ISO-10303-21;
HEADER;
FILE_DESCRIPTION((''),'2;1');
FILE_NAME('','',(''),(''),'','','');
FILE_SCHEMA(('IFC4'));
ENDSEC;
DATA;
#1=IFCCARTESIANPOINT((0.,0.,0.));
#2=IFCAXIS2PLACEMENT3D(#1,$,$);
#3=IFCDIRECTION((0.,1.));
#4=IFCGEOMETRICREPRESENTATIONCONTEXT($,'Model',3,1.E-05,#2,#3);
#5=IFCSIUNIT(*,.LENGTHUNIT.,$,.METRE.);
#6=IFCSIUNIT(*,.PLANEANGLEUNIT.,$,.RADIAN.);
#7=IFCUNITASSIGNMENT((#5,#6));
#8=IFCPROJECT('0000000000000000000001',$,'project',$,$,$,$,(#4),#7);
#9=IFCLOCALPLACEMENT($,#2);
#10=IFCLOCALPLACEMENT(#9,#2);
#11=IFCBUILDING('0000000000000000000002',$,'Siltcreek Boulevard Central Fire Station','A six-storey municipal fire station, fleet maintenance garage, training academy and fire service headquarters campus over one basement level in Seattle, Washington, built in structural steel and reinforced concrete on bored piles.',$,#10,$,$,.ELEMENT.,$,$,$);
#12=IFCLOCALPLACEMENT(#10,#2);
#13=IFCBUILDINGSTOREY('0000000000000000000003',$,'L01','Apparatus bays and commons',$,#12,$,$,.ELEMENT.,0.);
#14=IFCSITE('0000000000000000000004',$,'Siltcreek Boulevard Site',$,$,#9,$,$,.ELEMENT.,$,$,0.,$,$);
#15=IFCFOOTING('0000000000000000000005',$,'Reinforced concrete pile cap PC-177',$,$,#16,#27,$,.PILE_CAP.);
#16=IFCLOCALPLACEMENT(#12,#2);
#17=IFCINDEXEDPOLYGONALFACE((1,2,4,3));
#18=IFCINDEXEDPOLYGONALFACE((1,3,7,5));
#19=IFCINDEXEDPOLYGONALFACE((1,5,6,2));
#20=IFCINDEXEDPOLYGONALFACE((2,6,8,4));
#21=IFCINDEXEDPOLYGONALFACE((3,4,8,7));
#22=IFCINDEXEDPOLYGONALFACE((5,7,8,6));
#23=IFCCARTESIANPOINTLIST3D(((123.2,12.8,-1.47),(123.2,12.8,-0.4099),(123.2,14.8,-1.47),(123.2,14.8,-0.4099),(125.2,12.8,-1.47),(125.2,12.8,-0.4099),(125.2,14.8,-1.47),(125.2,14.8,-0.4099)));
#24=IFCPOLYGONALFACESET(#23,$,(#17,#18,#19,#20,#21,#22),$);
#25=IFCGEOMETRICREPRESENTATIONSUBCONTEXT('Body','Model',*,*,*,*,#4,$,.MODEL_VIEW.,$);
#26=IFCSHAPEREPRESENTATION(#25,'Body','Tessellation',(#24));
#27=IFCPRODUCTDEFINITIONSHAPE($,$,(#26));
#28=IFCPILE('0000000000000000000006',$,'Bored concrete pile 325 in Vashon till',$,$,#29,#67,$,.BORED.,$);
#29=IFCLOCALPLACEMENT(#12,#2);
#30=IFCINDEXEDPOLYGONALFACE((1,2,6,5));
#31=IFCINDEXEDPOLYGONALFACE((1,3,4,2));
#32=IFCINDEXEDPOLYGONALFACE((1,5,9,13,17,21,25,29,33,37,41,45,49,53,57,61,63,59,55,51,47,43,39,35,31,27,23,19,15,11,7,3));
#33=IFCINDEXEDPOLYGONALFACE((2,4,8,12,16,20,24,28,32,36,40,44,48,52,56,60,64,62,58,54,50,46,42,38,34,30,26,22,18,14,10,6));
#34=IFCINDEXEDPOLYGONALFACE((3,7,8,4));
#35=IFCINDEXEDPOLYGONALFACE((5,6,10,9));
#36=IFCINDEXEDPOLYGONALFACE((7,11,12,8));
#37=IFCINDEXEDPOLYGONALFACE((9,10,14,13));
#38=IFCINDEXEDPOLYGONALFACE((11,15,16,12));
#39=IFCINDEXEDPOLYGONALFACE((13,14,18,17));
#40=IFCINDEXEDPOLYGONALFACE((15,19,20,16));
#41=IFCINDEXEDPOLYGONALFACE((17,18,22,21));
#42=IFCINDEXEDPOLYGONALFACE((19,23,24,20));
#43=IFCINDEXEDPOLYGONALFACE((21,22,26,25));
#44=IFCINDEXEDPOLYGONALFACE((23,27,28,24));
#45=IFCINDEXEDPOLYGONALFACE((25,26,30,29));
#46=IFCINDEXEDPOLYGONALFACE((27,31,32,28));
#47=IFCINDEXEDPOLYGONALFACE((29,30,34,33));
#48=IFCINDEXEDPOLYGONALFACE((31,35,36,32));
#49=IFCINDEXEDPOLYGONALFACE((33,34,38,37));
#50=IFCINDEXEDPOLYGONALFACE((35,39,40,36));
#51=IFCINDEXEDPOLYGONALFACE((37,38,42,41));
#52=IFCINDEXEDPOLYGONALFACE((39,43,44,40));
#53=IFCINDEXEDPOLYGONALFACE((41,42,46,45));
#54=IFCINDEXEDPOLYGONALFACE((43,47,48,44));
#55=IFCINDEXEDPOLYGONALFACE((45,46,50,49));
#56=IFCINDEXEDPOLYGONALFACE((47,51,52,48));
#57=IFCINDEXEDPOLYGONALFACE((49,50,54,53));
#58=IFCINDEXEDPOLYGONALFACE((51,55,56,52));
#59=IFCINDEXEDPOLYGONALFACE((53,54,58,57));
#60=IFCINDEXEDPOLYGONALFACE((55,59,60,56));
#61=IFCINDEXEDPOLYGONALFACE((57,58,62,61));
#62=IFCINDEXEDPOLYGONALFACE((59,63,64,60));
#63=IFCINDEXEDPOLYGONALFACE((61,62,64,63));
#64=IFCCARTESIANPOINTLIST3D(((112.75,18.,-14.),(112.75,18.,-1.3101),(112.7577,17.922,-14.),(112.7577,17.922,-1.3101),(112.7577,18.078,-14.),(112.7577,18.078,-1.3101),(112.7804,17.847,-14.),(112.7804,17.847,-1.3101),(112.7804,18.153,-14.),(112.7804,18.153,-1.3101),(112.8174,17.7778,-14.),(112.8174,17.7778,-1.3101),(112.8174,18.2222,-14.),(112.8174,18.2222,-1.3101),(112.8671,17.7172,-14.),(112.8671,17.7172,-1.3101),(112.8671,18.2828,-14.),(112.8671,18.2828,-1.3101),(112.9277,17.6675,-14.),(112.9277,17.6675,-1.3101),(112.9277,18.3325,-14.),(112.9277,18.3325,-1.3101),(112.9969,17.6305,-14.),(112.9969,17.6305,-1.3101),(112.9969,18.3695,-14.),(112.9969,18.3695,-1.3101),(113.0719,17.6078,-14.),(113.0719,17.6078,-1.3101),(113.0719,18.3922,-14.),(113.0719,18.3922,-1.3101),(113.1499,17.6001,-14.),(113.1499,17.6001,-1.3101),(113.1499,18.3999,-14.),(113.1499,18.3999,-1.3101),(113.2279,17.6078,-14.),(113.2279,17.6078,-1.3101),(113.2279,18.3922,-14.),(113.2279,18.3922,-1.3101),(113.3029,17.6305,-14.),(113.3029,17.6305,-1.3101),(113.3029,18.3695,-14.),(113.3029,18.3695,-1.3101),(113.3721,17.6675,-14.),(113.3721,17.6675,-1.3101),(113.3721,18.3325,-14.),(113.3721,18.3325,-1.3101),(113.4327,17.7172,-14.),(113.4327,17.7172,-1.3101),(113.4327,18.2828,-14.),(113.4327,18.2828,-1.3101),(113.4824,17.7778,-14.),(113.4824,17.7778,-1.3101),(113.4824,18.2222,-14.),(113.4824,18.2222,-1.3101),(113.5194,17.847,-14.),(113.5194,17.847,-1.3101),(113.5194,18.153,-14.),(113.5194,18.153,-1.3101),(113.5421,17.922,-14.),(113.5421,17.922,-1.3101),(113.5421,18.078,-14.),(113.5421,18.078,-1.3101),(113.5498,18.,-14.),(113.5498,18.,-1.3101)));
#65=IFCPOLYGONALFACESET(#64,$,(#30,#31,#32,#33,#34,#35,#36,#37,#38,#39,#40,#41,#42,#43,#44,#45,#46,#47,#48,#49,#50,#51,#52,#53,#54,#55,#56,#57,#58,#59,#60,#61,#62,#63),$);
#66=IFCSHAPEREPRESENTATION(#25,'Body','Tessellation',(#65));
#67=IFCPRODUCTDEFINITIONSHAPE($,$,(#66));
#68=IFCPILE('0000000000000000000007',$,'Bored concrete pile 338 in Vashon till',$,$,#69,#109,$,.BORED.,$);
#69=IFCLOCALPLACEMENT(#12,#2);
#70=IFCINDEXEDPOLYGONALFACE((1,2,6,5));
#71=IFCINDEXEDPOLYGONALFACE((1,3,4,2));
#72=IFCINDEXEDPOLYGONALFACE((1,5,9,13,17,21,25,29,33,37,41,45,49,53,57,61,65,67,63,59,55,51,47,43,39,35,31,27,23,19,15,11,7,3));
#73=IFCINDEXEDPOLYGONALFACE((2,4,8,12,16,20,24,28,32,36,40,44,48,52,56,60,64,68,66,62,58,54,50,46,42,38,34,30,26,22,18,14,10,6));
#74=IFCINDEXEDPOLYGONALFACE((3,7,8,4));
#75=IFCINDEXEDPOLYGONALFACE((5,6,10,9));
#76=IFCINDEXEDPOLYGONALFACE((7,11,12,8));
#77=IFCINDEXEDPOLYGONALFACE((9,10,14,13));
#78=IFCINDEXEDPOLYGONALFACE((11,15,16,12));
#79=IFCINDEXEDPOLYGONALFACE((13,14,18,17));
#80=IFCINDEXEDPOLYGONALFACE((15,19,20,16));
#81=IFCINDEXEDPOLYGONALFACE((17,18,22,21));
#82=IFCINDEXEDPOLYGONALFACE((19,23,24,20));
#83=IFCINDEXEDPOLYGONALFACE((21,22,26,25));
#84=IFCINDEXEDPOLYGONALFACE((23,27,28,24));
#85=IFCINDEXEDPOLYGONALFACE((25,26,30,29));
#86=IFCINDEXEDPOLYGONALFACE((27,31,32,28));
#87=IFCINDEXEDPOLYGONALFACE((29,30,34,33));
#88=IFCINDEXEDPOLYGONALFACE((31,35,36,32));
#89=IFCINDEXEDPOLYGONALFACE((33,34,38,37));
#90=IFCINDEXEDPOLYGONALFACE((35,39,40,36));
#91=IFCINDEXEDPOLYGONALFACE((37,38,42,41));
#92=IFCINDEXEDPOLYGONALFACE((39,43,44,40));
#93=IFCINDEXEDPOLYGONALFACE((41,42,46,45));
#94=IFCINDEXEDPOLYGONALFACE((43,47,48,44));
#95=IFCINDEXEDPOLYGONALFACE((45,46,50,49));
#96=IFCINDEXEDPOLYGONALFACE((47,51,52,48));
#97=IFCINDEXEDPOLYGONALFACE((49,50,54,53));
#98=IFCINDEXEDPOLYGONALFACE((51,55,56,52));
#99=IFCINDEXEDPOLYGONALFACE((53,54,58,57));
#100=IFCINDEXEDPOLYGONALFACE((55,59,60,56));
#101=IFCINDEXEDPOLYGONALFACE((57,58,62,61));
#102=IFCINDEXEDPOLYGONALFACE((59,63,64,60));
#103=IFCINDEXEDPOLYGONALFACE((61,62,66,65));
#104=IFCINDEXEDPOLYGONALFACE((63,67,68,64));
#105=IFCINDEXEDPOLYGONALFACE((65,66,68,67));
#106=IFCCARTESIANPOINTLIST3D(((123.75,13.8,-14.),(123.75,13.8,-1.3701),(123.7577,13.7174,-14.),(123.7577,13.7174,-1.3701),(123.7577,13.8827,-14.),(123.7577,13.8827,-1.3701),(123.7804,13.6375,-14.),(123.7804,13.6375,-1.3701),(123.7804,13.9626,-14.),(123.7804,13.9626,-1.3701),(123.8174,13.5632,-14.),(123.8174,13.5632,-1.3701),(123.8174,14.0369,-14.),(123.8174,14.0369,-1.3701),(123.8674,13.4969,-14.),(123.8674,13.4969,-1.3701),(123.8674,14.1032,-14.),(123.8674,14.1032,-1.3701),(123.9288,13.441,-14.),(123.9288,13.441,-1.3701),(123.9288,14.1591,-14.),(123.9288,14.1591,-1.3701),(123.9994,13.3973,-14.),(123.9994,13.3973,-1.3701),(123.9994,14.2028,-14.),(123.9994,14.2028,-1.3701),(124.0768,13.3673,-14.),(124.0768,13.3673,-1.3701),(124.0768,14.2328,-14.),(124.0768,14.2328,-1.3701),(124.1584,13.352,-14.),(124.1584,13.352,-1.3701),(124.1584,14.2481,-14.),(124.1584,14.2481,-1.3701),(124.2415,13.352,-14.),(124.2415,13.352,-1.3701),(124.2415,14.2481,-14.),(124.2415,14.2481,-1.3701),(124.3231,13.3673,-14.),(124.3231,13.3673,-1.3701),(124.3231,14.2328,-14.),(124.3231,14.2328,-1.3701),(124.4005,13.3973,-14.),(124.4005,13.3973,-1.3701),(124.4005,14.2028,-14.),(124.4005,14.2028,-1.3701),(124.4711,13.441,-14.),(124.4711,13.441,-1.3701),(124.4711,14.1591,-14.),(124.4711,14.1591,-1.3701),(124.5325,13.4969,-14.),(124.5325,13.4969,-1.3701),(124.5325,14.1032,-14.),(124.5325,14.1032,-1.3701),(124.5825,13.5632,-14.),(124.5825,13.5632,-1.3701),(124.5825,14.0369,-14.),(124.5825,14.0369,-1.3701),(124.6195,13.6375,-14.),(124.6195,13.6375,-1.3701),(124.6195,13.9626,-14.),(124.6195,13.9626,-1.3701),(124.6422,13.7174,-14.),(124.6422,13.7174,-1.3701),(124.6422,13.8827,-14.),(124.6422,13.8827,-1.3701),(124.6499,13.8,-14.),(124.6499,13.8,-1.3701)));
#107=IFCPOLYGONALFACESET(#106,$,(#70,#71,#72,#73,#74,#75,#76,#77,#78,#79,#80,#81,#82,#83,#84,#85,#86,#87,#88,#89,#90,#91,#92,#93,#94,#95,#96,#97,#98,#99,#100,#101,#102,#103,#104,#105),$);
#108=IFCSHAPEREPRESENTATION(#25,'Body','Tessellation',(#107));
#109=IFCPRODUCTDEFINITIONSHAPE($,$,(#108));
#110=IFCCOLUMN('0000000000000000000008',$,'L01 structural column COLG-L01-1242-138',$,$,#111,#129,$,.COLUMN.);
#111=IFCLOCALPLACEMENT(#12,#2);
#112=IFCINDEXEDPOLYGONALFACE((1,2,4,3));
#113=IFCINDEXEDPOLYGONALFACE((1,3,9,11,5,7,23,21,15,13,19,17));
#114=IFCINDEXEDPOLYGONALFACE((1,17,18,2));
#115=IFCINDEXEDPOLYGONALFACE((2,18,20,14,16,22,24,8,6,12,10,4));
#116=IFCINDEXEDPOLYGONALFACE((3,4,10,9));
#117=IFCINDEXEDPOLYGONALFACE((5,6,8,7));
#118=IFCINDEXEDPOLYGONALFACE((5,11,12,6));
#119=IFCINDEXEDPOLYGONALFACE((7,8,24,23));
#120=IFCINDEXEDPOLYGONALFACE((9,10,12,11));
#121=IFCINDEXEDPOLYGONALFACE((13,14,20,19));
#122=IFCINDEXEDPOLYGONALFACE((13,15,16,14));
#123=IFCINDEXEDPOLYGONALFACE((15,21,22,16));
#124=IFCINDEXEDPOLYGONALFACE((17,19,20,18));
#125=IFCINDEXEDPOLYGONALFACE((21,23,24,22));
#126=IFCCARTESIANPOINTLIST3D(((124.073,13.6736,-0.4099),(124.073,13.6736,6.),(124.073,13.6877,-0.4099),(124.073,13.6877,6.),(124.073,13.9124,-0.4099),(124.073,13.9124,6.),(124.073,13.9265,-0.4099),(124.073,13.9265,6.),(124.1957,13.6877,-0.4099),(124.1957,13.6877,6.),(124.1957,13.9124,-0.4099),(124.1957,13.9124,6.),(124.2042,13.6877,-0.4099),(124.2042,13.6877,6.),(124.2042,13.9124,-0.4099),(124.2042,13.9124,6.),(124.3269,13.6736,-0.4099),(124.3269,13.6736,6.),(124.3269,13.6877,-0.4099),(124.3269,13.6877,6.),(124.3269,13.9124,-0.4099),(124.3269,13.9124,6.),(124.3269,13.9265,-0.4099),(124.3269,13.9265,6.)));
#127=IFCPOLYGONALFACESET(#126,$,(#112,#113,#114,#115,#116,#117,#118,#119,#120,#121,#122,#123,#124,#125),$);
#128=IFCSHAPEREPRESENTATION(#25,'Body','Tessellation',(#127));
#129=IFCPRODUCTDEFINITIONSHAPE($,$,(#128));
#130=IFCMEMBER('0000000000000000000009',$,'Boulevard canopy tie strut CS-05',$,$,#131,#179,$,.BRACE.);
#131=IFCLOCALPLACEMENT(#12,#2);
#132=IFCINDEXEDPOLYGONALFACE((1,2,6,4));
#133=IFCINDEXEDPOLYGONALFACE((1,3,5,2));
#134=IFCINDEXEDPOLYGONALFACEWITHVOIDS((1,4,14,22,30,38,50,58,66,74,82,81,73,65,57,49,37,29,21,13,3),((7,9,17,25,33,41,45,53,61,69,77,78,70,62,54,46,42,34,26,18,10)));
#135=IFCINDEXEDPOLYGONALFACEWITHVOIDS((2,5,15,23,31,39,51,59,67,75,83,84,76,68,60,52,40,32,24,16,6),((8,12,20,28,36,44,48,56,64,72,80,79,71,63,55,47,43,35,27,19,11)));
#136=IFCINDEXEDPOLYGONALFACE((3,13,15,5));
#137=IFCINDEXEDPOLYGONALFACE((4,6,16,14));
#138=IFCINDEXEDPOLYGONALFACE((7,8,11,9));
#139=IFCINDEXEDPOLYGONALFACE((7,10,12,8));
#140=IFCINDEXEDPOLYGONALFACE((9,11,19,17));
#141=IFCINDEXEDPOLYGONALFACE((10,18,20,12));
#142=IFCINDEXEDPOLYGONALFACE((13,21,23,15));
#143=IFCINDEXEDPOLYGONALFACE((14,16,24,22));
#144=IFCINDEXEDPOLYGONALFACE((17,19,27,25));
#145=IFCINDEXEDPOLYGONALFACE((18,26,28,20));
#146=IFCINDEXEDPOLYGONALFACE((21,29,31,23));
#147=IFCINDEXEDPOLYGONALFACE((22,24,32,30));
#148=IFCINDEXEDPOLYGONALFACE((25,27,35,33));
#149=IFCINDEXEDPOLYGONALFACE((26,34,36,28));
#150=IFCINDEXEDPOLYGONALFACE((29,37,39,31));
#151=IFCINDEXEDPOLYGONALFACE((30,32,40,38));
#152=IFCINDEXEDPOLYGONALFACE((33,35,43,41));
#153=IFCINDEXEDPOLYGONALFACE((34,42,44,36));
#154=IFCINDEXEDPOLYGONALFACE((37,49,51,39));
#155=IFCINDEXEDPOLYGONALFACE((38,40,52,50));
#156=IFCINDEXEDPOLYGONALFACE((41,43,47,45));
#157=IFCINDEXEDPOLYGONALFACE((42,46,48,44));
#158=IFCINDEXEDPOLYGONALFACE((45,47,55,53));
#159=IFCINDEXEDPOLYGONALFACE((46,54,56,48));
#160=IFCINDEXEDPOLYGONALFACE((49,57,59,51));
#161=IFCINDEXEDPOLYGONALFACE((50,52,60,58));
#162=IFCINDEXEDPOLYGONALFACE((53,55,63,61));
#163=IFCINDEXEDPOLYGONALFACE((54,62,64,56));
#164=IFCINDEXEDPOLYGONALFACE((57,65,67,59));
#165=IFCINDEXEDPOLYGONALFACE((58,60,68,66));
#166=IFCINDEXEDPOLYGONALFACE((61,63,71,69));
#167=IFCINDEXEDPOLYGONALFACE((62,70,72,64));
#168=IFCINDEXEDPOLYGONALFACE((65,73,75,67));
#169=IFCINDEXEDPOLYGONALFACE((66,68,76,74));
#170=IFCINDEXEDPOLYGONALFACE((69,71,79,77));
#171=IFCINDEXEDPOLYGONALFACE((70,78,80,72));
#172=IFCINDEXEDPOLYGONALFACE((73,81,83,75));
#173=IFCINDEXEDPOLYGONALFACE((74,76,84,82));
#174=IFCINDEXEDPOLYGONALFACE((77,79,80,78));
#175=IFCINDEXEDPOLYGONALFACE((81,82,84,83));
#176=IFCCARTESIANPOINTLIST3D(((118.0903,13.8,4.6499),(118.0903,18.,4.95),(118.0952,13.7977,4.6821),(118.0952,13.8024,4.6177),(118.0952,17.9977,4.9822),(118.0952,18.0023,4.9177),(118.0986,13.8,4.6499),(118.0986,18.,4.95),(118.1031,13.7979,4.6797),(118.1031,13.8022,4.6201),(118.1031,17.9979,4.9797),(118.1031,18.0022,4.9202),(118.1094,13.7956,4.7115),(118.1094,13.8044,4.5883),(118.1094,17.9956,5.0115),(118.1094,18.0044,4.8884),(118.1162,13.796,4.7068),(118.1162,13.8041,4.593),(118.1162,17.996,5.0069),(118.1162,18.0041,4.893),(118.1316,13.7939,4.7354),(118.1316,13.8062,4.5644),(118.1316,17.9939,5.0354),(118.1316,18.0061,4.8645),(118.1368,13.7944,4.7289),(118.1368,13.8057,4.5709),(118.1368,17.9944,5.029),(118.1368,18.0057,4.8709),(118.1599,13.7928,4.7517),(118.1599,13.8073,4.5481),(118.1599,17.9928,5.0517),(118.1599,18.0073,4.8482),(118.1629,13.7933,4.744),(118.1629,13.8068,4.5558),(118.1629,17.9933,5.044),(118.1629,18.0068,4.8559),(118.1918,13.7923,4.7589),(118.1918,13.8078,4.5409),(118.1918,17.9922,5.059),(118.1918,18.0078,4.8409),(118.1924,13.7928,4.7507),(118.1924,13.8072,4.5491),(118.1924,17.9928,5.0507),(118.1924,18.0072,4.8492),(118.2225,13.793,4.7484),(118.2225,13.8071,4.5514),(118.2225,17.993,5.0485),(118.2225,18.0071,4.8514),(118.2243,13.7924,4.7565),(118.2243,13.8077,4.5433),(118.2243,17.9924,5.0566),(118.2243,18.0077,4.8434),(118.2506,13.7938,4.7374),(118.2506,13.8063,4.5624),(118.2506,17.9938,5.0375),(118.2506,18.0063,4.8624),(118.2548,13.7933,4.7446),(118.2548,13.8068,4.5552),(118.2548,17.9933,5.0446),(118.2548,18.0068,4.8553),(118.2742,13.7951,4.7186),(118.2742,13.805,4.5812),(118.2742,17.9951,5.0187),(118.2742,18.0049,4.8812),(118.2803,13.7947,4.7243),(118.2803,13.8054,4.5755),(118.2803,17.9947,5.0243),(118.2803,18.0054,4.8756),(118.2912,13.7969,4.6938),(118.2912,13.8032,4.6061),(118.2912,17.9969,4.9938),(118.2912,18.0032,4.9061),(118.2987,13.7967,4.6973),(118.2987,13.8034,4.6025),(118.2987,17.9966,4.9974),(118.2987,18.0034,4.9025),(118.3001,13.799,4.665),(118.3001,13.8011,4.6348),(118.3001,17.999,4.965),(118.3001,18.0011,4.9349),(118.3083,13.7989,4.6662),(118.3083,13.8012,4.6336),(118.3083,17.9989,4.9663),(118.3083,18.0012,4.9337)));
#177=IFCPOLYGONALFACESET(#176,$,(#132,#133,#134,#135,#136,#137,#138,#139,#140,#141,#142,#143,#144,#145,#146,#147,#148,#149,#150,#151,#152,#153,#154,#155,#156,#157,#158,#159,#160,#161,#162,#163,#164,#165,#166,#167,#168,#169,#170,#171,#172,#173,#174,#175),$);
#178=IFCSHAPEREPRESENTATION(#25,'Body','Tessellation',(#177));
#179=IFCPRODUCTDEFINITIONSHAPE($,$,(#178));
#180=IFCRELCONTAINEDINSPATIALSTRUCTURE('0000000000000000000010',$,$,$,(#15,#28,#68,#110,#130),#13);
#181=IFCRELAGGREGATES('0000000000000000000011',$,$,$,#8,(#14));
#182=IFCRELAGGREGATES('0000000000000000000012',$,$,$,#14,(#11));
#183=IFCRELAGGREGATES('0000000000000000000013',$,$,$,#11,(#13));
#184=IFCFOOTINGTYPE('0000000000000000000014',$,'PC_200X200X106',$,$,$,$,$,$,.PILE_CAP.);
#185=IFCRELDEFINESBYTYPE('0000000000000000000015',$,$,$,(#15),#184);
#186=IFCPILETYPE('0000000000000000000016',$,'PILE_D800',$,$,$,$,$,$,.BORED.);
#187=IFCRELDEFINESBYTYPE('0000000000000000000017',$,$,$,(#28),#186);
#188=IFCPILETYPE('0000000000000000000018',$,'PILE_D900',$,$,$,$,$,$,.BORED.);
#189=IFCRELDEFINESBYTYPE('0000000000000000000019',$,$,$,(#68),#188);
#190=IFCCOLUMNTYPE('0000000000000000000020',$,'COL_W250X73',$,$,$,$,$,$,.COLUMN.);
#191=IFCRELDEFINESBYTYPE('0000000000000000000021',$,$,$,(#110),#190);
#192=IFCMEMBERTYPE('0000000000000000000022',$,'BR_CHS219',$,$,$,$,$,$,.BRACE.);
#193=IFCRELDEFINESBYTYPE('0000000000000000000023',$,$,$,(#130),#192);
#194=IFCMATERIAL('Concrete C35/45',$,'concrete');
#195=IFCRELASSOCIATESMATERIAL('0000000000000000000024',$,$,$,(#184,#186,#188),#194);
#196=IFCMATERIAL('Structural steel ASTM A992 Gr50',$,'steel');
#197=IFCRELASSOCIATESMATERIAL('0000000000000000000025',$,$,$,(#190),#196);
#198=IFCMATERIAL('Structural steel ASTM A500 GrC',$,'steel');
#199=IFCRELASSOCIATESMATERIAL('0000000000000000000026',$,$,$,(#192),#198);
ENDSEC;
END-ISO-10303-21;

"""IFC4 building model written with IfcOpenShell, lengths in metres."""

from ifc_helpers import new_model, si_unit, direction, frame, origin, origin_2d, place, context, subcontext, project, spatial, rectangle, circle, hollow_circle, i_section, extrude, material, material_profile, profile_set, type_object, element, save


model = new_model("IFC4")

# Units and contexts
model_context = context("Model", 3, precision=1e-05, world=origin(), true_north=direction((0.0, 1.0)))
body_context = subcontext(model_context, "Body", "Model", "MODEL_VIEW")
ifc_project = project(units=[si_unit("LENGTHUNIT", "METRE"), si_unit("PLANEANGLEUNIT", "RADIAN")], contexts=[model_context])

# Site, building, storey
site_placement = place(None, origin())
site = spatial("IfcSite", under=ifc_project, at=site_placement, Name="Siltcreek Boulevard Site", CompositionType="ELEMENT", RefElevation=0.0)
building_placement = place(site_placement, origin())
building = spatial("IfcBuilding", under=site, at=building_placement, Name="Siltcreek Boulevard Central Fire Station", Description="A six-storey municipal fire station, fleet maintenance garage, training academy and fire service headquarters campus over one basement level in Seattle, Washington, built in structural steel and reinforced concrete on bored piles.", CompositionType="ELEMENT")
storey_placement = place(building_placement, origin())
storey = spatial("IfcBuildingStorey", under=building, at=storey_placement, Name="L01", Description="Apparatus bays and commons", CompositionType="ELEMENT", Elevation=0.0)

# Footing
ifc_material_1 = material(Name="Concrete C35/45", Category="concrete")
footing_type = type_object("IfcFootingType", Name="PC_200X200X106", PredefinedType="PILE_CAP", material=ifc_material_1)
footing_placement = place(storey_placement, frame((124.2, 13.8, -1.47), z_axis=(0.0, 0.0, 1.0), x_axis=(1.0, 0.0, 0.0)))
element("IfcFooting", 1, at=footing_placement, inside=storey, type_object=footing_type, Name="Reinforced concrete pile cap PC-177", PredefinedType="PILE_CAP", context=body_context, shape_type="SweptSolid", body=[
    extrude(rectangle(XDim=2.0, YDim=2.0, at=origin_2d()), origin(), (0.0, 0.0, 1.0), 1.0601),
])

# Piles
ifc_material_profile_1 = material_profile(ifc_material_1, circle(Radius=0.3999, at=origin_2d()), Name="SHAFT800")
ifc_profile_set_1 = profile_set([ifc_material_profile_1], Name="Concrete C35/45")
pile_type_1 = type_object("IfcPileType", Name="PILE_D800", PredefinedType="BORED", material=ifc_profile_set_1)
pile_1_placement = place(storey_placement, frame((113.1499, 18.0, -1.3101), z_axis=(0.0, 0.0, -1.0), x_axis=(1.0, 0.0, 0.0)))
element("IfcPile", 2, at=pile_1_placement, inside=storey, type_object=pile_type_1, Name="Bored concrete pile 325 in Vashon till", PredefinedType="BORED", context=body_context, shape_type="SweptSolid", body=[
    extrude(circle(Radius=0.3999, at=origin_2d()), origin(), (0.0, 0.0, 1.0), 12.6899),
])
ifc_material_profile_2 = material_profile(ifc_material_1, circle(Radius=0.45, at=origin_2d()), Name="SHAFT900")
ifc_profile_set_2 = profile_set([ifc_material_profile_2], Name="Concrete C35/45")
pile_type_2 = type_object("IfcPileType", Name="PILE_D900", PredefinedType="BORED", material=ifc_profile_set_2)
pile_2_placement = place(storey_placement, frame((124.2, 13.8, -1.3701), z_axis=(0.0, 0.0, -1.0), x_axis=(1.0, 0.0, 0.0)))
element("IfcPile", 3, at=pile_2_placement, inside=storey, type_object=pile_type_2, Name="Bored concrete pile 338 in Vashon till", PredefinedType="BORED", context=body_context, shape_type="SweptSolid", body=[
    extrude(circle(Radius=0.45, at=origin_2d()), origin(), (0.0, 0.0, 1.0), 12.6299),
])

# Column
ifc_material_2 = material(Name="Structural steel ASTM A992 Gr50", Category="steel")
ifc_material_profile_3 = material_profile(ifc_material_2, i_section(OverallWidth=0.2539, OverallDepth=0.2529, WebThickness=0.0085, FlangeThickness=0.0142, at=origin_2d()), Name="W250X73")
ifc_profile_set_3 = profile_set([ifc_material_profile_3], Name="Structural steel ASTM A992 Gr50")
column_type = type_object("IfcColumnType", Name="COL_W250X73", PredefinedType="COLUMN", material=ifc_profile_set_3)
column_placement = place(storey_placement, frame((124.2, 13.8, -0.4099), z_axis=(0.0, 0.0, 1.0), x_axis=(1.0, 0.0, 0.0)))
element("IfcColumn", 4, at=column_placement, inside=storey, type_object=column_type, Name="L01 structural column COLG-L01-1242-138", PredefinedType="COLUMN", context=body_context, shape_type="SweptSolid", body=[
    extrude(i_section(OverallWidth=0.2539, OverallDepth=0.2529, WebThickness=0.0085, FlangeThickness=0.0142, at=origin_2d()), origin(), (0.0, 0.0, 1.0), 6.4099),
])

# Member
ifc_material_3 = material(Name="Structural steel ASTM A500 GrC", Category="steel")
ifc_material_profile_4 = material_profile(ifc_material_3, hollow_circle(Radius=0.1096, WallThickness=0.0083, at=origin_2d()), Name="HSS219.1X8.2")
ifc_profile_set_4 = profile_set([ifc_material_profile_4], Name="Structural steel ASTM A500 GrC")
member_type_1 = type_object("IfcMemberType", Name="BR_CHS219", PredefinedType="BRACE", material=ifc_profile_set_4)
member_1_placement = place(storey_placement, frame((118.2, 13.8, 4.6499), z_axis=(0.0, 0.997458, 0.071259), x_axis=(-1.0, 0.0, 0.0)))
element("IfcMember", 5, at=member_1_placement, inside=storey, type_object=member_type_1, Name="Boulevard canopy tie strut CS-05", PredefinedType="BRACE", context=body_context, shape_type="SweptSolid", body=[
    extrude(hollow_circle(Radius=0.1096, WallThickness=0.0083, at=origin_2d()), origin(), (0.0, 0.0, 1.0), 4.2107),
])

save(model, "model.ifc")
